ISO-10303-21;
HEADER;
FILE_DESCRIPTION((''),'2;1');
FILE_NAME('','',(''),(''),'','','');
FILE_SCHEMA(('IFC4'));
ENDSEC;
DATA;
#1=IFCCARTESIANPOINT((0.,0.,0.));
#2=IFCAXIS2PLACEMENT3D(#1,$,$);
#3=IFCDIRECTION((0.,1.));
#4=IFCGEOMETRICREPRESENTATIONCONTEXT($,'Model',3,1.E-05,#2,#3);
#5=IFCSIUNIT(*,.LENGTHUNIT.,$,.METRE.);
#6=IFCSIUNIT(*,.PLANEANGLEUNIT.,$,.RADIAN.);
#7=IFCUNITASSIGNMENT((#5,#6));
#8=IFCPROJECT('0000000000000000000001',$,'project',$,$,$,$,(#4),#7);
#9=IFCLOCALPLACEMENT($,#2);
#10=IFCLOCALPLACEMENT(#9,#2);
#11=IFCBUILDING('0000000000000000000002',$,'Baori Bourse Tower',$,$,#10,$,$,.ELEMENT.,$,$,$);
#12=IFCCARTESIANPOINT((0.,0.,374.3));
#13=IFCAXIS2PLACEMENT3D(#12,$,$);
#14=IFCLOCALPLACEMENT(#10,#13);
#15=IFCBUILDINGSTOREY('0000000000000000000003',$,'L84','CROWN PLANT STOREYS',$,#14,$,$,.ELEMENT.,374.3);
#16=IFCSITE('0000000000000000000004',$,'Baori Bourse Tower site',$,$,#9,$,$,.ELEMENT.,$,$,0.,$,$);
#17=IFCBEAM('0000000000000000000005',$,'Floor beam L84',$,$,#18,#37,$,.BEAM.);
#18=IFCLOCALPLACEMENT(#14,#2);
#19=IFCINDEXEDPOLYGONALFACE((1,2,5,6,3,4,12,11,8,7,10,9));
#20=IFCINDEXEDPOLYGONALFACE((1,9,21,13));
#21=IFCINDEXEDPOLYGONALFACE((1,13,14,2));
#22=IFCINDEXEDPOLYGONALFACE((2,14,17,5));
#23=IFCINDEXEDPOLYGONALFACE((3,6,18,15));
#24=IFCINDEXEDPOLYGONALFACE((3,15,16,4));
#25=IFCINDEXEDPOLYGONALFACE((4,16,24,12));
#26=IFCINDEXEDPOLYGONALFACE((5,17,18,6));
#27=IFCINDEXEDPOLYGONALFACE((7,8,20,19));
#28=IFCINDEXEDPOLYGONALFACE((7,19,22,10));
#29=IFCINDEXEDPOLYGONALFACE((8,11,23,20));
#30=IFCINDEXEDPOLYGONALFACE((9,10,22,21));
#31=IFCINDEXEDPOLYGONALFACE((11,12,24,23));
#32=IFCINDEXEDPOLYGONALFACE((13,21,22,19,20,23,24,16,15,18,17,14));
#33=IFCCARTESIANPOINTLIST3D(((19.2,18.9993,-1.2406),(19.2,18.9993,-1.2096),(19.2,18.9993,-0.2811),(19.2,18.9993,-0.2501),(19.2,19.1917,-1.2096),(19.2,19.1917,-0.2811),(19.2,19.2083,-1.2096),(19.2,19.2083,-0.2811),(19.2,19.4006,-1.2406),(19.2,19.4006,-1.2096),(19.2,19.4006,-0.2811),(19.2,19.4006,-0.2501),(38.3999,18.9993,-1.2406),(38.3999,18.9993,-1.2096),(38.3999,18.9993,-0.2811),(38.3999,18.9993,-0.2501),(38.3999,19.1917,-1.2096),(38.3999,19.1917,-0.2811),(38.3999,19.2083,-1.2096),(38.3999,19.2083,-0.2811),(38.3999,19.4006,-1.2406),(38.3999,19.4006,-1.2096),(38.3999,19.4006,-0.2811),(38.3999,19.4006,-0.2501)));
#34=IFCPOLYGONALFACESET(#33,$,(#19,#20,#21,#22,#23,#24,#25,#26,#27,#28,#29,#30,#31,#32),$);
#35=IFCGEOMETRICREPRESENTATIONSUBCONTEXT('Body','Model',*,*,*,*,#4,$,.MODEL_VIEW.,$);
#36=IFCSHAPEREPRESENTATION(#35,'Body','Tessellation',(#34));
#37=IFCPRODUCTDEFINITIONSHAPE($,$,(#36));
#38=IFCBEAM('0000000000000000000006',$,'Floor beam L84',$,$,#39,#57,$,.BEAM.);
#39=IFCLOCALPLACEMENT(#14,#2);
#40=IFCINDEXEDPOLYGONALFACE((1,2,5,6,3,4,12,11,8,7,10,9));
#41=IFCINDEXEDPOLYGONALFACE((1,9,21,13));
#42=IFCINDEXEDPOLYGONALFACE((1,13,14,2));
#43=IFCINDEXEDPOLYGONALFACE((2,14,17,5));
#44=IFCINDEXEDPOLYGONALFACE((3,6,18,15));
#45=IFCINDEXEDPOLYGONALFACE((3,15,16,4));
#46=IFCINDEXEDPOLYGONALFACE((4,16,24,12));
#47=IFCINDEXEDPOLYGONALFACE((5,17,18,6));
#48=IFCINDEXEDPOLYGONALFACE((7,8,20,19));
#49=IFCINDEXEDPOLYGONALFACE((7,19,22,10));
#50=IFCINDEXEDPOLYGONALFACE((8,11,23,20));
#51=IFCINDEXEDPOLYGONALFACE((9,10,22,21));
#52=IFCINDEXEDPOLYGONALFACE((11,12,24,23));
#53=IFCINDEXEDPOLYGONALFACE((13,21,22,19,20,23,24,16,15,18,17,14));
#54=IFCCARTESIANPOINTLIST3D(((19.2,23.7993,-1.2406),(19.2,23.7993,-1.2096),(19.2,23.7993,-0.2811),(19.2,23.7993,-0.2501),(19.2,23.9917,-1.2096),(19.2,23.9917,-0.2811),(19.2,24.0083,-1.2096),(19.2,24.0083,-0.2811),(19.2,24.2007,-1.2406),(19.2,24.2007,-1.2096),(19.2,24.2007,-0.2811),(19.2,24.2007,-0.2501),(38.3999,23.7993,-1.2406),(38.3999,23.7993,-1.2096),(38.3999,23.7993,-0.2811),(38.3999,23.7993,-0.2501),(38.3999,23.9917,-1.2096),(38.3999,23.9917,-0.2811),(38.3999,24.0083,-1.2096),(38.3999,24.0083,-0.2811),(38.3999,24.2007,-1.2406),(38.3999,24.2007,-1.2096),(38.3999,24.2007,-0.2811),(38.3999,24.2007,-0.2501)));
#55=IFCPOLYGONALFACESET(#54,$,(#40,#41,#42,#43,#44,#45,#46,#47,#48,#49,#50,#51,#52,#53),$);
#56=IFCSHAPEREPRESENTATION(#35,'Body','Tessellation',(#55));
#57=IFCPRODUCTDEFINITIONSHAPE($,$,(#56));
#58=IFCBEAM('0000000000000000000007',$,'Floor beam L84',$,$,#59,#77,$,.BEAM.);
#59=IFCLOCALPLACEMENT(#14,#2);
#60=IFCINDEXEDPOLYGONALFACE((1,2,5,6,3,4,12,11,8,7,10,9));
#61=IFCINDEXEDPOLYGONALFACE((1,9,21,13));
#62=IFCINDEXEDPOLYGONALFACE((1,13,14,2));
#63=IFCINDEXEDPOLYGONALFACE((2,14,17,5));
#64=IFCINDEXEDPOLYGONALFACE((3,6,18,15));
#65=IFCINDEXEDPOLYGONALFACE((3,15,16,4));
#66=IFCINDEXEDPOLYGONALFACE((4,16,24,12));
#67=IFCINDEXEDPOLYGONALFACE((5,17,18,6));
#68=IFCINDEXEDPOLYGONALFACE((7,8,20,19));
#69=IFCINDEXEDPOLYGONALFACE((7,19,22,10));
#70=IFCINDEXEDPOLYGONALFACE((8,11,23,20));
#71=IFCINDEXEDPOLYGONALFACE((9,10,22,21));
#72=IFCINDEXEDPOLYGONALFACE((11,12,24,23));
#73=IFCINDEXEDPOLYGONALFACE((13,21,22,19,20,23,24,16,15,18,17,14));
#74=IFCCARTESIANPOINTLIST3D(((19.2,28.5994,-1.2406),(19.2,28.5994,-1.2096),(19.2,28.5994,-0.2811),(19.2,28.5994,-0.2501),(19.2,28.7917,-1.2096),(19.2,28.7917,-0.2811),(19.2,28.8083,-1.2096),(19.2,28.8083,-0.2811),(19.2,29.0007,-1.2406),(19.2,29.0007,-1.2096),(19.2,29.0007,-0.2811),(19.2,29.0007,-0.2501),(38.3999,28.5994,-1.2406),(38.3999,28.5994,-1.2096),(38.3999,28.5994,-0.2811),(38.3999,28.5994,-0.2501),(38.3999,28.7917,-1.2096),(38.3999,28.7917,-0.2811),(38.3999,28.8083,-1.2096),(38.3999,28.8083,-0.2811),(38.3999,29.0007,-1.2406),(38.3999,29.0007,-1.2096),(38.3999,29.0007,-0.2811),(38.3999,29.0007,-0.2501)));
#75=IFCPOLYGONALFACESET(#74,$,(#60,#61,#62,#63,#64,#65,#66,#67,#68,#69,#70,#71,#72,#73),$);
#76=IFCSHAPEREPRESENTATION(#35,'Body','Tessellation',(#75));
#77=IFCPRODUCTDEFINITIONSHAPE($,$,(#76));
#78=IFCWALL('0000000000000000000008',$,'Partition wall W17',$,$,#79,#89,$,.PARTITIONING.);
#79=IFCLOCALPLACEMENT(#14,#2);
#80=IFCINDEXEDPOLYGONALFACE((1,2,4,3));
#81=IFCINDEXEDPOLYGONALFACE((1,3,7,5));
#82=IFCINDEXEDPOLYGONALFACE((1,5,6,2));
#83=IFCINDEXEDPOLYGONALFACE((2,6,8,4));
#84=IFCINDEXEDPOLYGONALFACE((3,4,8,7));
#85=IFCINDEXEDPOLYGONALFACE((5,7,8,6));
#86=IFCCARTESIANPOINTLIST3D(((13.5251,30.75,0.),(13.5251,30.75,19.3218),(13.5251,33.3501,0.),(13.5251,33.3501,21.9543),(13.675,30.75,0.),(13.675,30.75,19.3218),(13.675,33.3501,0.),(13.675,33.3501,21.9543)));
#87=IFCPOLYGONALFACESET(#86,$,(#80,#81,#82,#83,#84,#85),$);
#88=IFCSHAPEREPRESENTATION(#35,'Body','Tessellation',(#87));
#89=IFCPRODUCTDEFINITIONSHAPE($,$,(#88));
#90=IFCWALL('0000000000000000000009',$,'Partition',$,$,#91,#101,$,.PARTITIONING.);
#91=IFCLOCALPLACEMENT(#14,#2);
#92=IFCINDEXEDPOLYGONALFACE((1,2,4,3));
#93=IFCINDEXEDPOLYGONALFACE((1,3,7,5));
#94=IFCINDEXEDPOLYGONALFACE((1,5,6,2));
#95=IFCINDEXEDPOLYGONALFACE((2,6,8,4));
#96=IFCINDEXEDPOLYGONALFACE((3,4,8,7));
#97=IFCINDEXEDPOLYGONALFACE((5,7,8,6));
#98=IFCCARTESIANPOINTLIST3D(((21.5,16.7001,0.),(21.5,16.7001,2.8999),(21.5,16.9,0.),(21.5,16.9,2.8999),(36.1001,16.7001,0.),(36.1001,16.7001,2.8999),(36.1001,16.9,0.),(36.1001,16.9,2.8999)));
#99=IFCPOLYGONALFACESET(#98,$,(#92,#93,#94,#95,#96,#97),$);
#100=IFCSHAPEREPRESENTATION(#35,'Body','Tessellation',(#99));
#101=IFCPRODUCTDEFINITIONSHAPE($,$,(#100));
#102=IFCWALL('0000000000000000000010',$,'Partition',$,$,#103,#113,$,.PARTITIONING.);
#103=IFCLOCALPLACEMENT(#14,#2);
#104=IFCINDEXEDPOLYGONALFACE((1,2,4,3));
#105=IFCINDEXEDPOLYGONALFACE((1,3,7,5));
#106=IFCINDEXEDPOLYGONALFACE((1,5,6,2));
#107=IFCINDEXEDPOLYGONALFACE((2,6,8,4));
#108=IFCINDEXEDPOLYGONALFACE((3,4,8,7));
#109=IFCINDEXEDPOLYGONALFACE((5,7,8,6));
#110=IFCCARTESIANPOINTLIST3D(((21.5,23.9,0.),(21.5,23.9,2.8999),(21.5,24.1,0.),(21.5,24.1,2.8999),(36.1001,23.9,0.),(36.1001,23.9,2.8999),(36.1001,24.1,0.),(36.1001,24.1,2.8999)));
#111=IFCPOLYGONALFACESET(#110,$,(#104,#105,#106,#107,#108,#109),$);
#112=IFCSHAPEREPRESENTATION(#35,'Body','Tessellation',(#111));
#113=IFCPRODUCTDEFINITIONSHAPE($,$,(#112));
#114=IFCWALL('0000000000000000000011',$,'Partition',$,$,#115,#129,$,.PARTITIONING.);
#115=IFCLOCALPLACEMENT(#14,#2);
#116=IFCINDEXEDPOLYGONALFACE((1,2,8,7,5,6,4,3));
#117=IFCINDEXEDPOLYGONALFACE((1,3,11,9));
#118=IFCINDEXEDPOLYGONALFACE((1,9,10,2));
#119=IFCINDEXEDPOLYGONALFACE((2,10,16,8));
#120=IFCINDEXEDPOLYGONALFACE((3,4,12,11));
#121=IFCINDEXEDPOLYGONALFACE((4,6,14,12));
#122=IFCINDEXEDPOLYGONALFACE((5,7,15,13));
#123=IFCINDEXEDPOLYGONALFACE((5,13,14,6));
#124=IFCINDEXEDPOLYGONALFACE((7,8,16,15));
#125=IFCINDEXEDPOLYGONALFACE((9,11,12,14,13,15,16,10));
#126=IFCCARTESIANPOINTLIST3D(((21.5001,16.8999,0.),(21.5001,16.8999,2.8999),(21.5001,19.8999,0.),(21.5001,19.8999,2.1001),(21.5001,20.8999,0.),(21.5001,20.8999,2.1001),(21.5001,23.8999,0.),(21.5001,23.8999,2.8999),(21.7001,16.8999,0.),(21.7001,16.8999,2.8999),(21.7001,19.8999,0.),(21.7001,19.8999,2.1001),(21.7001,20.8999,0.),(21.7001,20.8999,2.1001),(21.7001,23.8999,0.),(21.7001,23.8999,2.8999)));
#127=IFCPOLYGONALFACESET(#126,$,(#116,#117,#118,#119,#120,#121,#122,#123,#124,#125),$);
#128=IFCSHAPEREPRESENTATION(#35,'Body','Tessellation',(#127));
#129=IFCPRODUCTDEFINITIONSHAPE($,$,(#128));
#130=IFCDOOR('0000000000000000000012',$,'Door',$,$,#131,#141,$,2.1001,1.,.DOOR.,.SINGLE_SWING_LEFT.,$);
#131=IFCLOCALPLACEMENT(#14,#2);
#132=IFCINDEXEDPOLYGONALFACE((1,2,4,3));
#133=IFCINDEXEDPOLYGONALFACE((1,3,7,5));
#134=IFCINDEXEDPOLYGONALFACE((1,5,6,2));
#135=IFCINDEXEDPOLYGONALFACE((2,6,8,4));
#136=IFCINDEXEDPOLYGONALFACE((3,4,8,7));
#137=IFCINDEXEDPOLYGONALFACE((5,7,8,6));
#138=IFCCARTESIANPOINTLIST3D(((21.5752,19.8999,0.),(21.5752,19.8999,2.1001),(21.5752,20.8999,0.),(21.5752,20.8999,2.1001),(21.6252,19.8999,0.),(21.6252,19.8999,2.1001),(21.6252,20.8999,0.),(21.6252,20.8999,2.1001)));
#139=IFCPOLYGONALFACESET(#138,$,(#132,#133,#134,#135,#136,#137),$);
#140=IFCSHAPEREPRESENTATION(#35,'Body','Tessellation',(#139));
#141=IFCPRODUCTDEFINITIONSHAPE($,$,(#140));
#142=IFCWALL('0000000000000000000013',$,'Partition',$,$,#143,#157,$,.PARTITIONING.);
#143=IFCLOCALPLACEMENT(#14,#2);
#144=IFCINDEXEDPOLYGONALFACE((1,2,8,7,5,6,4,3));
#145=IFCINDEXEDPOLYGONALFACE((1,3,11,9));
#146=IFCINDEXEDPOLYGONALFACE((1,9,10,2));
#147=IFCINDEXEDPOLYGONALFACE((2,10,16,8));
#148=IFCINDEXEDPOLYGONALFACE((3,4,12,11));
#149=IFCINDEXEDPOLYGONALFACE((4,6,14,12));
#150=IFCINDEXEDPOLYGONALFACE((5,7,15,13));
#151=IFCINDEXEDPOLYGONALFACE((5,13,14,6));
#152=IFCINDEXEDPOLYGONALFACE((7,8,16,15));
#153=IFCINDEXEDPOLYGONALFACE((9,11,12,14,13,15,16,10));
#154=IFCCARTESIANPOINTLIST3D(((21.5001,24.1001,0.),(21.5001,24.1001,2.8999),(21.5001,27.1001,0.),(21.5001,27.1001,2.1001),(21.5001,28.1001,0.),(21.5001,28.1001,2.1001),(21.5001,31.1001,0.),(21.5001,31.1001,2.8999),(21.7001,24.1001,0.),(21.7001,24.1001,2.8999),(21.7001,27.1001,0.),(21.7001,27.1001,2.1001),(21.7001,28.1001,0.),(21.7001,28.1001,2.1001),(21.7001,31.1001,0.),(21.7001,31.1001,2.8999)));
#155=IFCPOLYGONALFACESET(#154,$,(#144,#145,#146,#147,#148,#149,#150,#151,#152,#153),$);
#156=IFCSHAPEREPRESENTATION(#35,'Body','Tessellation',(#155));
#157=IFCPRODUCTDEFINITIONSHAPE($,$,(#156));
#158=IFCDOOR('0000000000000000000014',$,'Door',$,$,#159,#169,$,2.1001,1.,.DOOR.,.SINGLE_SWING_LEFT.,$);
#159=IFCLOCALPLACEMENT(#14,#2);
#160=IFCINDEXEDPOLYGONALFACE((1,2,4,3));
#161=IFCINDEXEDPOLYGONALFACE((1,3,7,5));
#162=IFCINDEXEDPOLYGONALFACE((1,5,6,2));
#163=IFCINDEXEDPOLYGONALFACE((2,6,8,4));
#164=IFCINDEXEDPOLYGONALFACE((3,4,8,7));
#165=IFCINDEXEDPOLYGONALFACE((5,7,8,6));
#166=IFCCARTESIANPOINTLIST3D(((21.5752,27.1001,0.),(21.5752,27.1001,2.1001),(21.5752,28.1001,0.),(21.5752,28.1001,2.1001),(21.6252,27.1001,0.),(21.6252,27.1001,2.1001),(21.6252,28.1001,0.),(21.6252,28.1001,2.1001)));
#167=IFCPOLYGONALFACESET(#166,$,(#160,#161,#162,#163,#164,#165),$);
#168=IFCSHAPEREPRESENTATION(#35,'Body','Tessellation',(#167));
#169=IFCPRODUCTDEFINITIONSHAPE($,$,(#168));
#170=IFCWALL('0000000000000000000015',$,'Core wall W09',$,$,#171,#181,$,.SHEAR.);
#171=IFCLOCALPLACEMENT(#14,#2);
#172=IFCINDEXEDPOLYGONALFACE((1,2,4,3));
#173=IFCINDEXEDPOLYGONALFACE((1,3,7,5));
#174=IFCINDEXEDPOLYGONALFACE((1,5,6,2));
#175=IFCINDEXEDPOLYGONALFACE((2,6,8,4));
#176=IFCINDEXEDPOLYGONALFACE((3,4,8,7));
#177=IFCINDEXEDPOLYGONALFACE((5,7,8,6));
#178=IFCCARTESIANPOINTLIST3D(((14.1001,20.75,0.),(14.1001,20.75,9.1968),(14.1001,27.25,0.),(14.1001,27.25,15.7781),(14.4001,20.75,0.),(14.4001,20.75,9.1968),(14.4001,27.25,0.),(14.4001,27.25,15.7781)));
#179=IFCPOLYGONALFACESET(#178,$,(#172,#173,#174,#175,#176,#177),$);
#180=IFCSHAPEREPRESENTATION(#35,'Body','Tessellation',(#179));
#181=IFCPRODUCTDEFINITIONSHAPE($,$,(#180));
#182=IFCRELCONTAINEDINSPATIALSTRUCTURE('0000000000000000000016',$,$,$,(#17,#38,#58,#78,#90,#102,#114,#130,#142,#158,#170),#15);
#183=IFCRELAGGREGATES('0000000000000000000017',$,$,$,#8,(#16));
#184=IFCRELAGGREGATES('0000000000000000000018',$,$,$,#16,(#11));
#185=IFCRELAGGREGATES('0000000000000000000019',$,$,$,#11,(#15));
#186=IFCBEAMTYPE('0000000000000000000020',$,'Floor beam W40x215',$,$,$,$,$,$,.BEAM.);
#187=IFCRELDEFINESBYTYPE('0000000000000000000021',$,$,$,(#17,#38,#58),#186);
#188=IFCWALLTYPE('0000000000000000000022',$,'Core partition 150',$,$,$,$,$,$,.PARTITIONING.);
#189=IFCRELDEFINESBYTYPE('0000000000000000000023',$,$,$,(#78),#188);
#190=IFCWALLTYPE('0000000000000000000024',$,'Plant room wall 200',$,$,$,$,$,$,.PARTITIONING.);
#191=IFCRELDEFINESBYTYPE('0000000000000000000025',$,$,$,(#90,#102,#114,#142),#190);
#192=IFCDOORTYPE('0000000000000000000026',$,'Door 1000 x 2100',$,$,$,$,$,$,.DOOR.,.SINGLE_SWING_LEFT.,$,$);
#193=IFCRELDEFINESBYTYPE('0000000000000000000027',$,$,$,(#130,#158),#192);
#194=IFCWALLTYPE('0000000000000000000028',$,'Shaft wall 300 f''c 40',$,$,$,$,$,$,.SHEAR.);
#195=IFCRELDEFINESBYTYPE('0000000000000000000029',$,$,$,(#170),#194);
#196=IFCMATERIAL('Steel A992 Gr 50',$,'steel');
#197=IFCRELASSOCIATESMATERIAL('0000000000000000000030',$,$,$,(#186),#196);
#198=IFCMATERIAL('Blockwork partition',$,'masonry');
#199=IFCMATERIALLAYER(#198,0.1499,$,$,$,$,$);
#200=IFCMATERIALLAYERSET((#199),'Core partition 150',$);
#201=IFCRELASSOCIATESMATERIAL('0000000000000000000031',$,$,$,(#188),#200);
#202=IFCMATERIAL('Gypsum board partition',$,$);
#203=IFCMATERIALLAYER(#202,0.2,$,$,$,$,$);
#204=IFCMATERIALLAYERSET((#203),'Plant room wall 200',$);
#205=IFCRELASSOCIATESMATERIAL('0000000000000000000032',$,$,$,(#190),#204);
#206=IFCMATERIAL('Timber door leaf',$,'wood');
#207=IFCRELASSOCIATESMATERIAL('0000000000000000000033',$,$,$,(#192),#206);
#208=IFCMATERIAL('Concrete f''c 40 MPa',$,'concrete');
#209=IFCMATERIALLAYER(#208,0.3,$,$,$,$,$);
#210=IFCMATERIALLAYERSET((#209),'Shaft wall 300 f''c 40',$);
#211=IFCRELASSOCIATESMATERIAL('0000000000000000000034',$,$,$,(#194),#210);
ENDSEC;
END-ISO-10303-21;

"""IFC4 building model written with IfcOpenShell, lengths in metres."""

from ifc_helpers import new_model, si_unit, direction, frame, frame_2d, origin, origin_2d, place, context, subcontext, project, spatial, polyline, rectangle, i_section, outline, extrude, material, layer, layer_set, material_profile, profile_set, type_object, element, fill, save


model = new_model("IFC4")

# Units and contexts
model_context = context("Model", 3, precision=1e-05, world=origin(), true_north=direction((0.0, 1.0)))
body_context = subcontext(model_context, "Body", "Model", "MODEL_VIEW")
ifc_project = project(units=[si_unit("LENGTHUNIT", "METRE"), si_unit("PLANEANGLEUNIT", "RADIAN")], contexts=[model_context])

# Site, building, storey
site_placement = place(None, origin())
site = spatial("IfcSite", under=ifc_project, at=site_placement, Name="Baori Bourse Tower site", CompositionType="ELEMENT", RefElevation=0.0)
building_placement = place(site_placement, origin())
building = spatial("IfcBuilding", under=site, at=building_placement, Name="Baori Bourse Tower", CompositionType="ELEMENT")
storey_placement = place(building_placement, frame((0.0, 0.0, 374.3)))
storey = spatial("IfcBuildingStorey", under=building, at=storey_placement, Name="L84", Description="CROWN PLANT STOREYS", CompositionType="ELEMENT", Elevation=374.3)

# Beams
ifc_material_1 = material(Name="Steel A992 Gr 50", Category="steel")
ifc_material_profile = material_profile(ifc_material_1, i_section(OverallWidth=0.4014, OverallDepth=0.9905, WebThickness=0.0166, FlangeThickness=0.031, at=origin_2d()), Name="W40x215")
ifc_profile_set = profile_set([ifc_material_profile], Name="Steel A992 Gr 50")
beam_type = type_object("IfcBeamType", Name="Floor beam W40x215", PredefinedType="BEAM", material=ifc_profile_set)
for number, where, z_axis, x_axis, name in (
    (1, (19.2, 19.2, -0.7454), (1.0, 0.0, 0.0), (0.0, 1.0, 0.0), "Floor beam L84"),
    (2, (19.2, 24.0, -0.7454), (1.0, 0.0, 0.0), (0.0, 1.0, 0.0), "Floor beam L84"),
    (3, (19.2, 28.8, -0.7454), (1.0, 0.0, 0.0), (0.0, 1.0, 0.0), "Floor beam L84"),
):
    element("IfcBeam", number, at=place(storey_placement, frame(where, z_axis=z_axis, x_axis=x_axis)), inside=storey, type_object=beam_type, Name=name, PredefinedType="BEAM", context=body_context, shape_type="SweptSolid", body=[
        extrude(i_section(OverallWidth=0.4014, OverallDepth=0.9905, WebThickness=0.0166, FlangeThickness=0.031, at=origin_2d()), origin(), (0.0, 0.0, 1.0), 19.2),
    ])

# Walls
ifc_material_2 = material(Name="Blockwork partition", Category="masonry")
ifc_layer_1 = layer(ifc_material_2, 0.1499)
ifc_layer_set_1 = layer_set([ifc_layer_1], Name="Core partition 150")
wall_type_1 = type_object("IfcWallType", Name="Core partition 150", PredefinedType="PARTITIONING", material=ifc_layer_set_1)
wall_1_placement = place(storey_placement, frame((13.6001, 30.75, 0.0), z_axis=(0.0, 0.0, 1.0), x_axis=(0.0, 1.0, 0.0)))
element("IfcWall", 4, at=wall_1_placement, inside=storey, type_object=wall_type_1, Name="Partition wall W17", PredefinedType="PARTITIONING", context=body_context, shape_type="SweptSolid", body=[
    extrude(outline(polyline([(0.0, 0.0), (2.6001, 0.0), (2.6001, 21.9543), (0.0, 19.3218), (0.0, 0.0)])), frame((0.0, 0.075, 0.0), z_axis=(0.0, -1.0, 0.0), x_axis=(1.0, 0.0, 0.0)), (0.0, 0.0, 1.0), 0.1499),
])
ifc_material_3 = material(Name="Gypsum board partition")
ifc_layer_2 = layer(ifc_material_3, 0.2)
ifc_layer_set_2 = layer_set([ifc_layer_2], Name="Plant room wall 200")
wall_type_2 = type_object("IfcWallType", Name="Plant room wall 200", PredefinedType="PARTITIONING", material=ifc_layer_set_2)
for number, where, z_axis, x_axis, name in (
    (5, (21.5, 16.8, 0.0), (0.0, 0.0, 1.0), (1.0, 0.0, 0.0), "Partition"),
    (6, (21.5, 24.0, 0.0), (0.0, 0.0, 1.0), (1.0, 0.0, 0.0), "Partition"),
):
    element("IfcWall", number, at=place(storey_placement, frame(where, z_axis=z_axis, x_axis=x_axis)), inside=storey, type_object=wall_type_2, Name=name, PredefinedType="PARTITIONING", context=body_context, shape_type="SweptSolid", body=[
        extrude(rectangle(XDim=14.6001, YDim=0.2, at=frame_2d((7.3, 0.0))), origin(), (0.0, 0.0, 1.0), 2.8999),
    ])

# Walls, openings, doors
wall_2_placement = place(storey_placement, frame((21.6001, 16.8999, 0.0), z_axis=(0.0, 0.0, 1.0), x_axis=(0.0, 1.0, 0.0)))
wall_2 = element("IfcWall", 7, at=wall_2_placement, inside=storey, type_object=wall_type_2, Name="Partition", PredefinedType="PARTITIONING", context=body_context, shape_type="SweptSolid", body=[
    extrude(rectangle(XDim=7.0, YDim=0.2, at=frame_2d((3.5, 0.0))), origin(), (0.0, 0.0, 1.0), 2.8999),
])
opening_1_placement = place(wall_2_placement, frame((3.0, 0.0, 0.0)))
opening_1 = element("IfcOpeningElement", 8, at=opening_1_placement, cuts=wall_2, PredefinedType="OPENING", context=body_context, shape_type="SweptSolid", body=[
    extrude(rectangle(XDim=1.0, YDim=2.1001, at=frame_2d((0.5, 1.05))), frame((0.0, 0.1099, 0.0), z_axis=(0.0, -1.0, 0.0), x_axis=(1.0, 0.0, 0.0)), (0.0, 0.0, 1.0), 0.22),
])
ifc_material_4 = material(Name="Timber door leaf", Category="wood")
door_type = type_object("IfcDoorType", Name="Door 1000 x 2100", OperationType="SINGLE_SWING_LEFT", PredefinedType="DOOR", material=ifc_material_4)
door_1_placement = place(opening_1_placement, origin())
door_1 = element("IfcDoor", 9, at=door_1_placement, inside=storey, type_object=door_type, Name="Door", OperationType="SINGLE_SWING_LEFT", OverallHeight=2.1001, OverallWidth=1.0, PredefinedType="DOOR", context=body_context, shape_type="SweptSolid", body=[
    extrude(rectangle(XDim=1.0, YDim=2.1001, at=frame_2d((0.5, 1.05))), frame((0.0, 0.0249, 0.0), z_axis=(0.0, -1.0, 0.0), x_axis=(1.0, 0.0, 0.0)), (0.0, 0.0, 1.0), 0.05),
])
fill(opening_1, door_1)
wall_3_placement = place(storey_placement, frame((21.6001, 24.1001, 0.0), z_axis=(0.0, 0.0, 1.0), x_axis=(0.0, 1.0, 0.0)))
wall_3 = element("IfcWall", 10, at=wall_3_placement, inside=storey, type_object=wall_type_2, Name="Partition", PredefinedType="PARTITIONING", context=body_context, shape_type="SweptSolid", body=[
    extrude(rectangle(XDim=7.0, YDim=0.2, at=frame_2d((3.5, 0.0))), origin(), (0.0, 0.0, 1.0), 2.8999),
])
opening_2_placement = place(wall_3_placement, frame((3.0, 0.0, 0.0)))
opening_2 = element("IfcOpeningElement", 11, at=opening_2_placement, cuts=wall_3, PredefinedType="OPENING", context=body_context, shape_type="SweptSolid", body=[
    extrude(rectangle(XDim=1.0, YDim=2.1001, at=frame_2d((0.5, 1.05))), frame((0.0, 0.1099, 0.0), z_axis=(0.0, -1.0, 0.0), x_axis=(1.0, 0.0, 0.0)), (0.0, 0.0, 1.0), 0.22),
])
door_2_placement = place(opening_2_placement, origin())
door_2 = element("IfcDoor", 12, at=door_2_placement, inside=storey, type_object=door_type, Name="Door", OperationType="SINGLE_SWING_LEFT", OverallHeight=2.1001, OverallWidth=1.0, PredefinedType="DOOR", context=body_context, shape_type="SweptSolid", body=[
    extrude(rectangle(XDim=1.0, YDim=2.1001, at=frame_2d((0.5, 1.05))), frame((0.0, 0.0249, 0.0), z_axis=(0.0, -1.0, 0.0), x_axis=(1.0, 0.0, 0.0)), (0.0, 0.0, 1.0), 0.05),
])
fill(opening_2, door_2)

# Wall
ifc_material_5 = material(Name="Concrete f'c 40 MPa", Category="concrete")
ifc_layer_3 = layer(ifc_material_5, 0.3)
ifc_layer_set_3 = layer_set([ifc_layer_3], Name="Shaft wall 300 f'c 40")
wall_type_3 = type_object("IfcWallType", Name="Shaft wall 300 f'c 40", PredefinedType="SHEAR", material=ifc_layer_set_3)
wall_4_placement = place(storey_placement, frame((14.25, 20.75, 0.0), z_axis=(0.0, 0.0, 1.0), x_axis=(0.0, 1.0, 0.0)))
element("IfcWall", 13, at=wall_4_placement, inside=storey, type_object=wall_type_3, Name="Core wall W09", PredefinedType="SHEAR", context=body_context, shape_type="SweptSolid", body=[
    extrude(outline(polyline([(0.0, 0.0), (6.5, 0.0), (6.5, 15.7781), (0.0, 9.1968), (0.0, 0.0)])), frame((0.0, 0.1499, 0.0), z_axis=(0.0, -1.0, 0.0), x_axis=(1.0, 0.0, 0.0)), (0.0, 0.0, 1.0), 0.3),
])

save(model, "model.ifc")
